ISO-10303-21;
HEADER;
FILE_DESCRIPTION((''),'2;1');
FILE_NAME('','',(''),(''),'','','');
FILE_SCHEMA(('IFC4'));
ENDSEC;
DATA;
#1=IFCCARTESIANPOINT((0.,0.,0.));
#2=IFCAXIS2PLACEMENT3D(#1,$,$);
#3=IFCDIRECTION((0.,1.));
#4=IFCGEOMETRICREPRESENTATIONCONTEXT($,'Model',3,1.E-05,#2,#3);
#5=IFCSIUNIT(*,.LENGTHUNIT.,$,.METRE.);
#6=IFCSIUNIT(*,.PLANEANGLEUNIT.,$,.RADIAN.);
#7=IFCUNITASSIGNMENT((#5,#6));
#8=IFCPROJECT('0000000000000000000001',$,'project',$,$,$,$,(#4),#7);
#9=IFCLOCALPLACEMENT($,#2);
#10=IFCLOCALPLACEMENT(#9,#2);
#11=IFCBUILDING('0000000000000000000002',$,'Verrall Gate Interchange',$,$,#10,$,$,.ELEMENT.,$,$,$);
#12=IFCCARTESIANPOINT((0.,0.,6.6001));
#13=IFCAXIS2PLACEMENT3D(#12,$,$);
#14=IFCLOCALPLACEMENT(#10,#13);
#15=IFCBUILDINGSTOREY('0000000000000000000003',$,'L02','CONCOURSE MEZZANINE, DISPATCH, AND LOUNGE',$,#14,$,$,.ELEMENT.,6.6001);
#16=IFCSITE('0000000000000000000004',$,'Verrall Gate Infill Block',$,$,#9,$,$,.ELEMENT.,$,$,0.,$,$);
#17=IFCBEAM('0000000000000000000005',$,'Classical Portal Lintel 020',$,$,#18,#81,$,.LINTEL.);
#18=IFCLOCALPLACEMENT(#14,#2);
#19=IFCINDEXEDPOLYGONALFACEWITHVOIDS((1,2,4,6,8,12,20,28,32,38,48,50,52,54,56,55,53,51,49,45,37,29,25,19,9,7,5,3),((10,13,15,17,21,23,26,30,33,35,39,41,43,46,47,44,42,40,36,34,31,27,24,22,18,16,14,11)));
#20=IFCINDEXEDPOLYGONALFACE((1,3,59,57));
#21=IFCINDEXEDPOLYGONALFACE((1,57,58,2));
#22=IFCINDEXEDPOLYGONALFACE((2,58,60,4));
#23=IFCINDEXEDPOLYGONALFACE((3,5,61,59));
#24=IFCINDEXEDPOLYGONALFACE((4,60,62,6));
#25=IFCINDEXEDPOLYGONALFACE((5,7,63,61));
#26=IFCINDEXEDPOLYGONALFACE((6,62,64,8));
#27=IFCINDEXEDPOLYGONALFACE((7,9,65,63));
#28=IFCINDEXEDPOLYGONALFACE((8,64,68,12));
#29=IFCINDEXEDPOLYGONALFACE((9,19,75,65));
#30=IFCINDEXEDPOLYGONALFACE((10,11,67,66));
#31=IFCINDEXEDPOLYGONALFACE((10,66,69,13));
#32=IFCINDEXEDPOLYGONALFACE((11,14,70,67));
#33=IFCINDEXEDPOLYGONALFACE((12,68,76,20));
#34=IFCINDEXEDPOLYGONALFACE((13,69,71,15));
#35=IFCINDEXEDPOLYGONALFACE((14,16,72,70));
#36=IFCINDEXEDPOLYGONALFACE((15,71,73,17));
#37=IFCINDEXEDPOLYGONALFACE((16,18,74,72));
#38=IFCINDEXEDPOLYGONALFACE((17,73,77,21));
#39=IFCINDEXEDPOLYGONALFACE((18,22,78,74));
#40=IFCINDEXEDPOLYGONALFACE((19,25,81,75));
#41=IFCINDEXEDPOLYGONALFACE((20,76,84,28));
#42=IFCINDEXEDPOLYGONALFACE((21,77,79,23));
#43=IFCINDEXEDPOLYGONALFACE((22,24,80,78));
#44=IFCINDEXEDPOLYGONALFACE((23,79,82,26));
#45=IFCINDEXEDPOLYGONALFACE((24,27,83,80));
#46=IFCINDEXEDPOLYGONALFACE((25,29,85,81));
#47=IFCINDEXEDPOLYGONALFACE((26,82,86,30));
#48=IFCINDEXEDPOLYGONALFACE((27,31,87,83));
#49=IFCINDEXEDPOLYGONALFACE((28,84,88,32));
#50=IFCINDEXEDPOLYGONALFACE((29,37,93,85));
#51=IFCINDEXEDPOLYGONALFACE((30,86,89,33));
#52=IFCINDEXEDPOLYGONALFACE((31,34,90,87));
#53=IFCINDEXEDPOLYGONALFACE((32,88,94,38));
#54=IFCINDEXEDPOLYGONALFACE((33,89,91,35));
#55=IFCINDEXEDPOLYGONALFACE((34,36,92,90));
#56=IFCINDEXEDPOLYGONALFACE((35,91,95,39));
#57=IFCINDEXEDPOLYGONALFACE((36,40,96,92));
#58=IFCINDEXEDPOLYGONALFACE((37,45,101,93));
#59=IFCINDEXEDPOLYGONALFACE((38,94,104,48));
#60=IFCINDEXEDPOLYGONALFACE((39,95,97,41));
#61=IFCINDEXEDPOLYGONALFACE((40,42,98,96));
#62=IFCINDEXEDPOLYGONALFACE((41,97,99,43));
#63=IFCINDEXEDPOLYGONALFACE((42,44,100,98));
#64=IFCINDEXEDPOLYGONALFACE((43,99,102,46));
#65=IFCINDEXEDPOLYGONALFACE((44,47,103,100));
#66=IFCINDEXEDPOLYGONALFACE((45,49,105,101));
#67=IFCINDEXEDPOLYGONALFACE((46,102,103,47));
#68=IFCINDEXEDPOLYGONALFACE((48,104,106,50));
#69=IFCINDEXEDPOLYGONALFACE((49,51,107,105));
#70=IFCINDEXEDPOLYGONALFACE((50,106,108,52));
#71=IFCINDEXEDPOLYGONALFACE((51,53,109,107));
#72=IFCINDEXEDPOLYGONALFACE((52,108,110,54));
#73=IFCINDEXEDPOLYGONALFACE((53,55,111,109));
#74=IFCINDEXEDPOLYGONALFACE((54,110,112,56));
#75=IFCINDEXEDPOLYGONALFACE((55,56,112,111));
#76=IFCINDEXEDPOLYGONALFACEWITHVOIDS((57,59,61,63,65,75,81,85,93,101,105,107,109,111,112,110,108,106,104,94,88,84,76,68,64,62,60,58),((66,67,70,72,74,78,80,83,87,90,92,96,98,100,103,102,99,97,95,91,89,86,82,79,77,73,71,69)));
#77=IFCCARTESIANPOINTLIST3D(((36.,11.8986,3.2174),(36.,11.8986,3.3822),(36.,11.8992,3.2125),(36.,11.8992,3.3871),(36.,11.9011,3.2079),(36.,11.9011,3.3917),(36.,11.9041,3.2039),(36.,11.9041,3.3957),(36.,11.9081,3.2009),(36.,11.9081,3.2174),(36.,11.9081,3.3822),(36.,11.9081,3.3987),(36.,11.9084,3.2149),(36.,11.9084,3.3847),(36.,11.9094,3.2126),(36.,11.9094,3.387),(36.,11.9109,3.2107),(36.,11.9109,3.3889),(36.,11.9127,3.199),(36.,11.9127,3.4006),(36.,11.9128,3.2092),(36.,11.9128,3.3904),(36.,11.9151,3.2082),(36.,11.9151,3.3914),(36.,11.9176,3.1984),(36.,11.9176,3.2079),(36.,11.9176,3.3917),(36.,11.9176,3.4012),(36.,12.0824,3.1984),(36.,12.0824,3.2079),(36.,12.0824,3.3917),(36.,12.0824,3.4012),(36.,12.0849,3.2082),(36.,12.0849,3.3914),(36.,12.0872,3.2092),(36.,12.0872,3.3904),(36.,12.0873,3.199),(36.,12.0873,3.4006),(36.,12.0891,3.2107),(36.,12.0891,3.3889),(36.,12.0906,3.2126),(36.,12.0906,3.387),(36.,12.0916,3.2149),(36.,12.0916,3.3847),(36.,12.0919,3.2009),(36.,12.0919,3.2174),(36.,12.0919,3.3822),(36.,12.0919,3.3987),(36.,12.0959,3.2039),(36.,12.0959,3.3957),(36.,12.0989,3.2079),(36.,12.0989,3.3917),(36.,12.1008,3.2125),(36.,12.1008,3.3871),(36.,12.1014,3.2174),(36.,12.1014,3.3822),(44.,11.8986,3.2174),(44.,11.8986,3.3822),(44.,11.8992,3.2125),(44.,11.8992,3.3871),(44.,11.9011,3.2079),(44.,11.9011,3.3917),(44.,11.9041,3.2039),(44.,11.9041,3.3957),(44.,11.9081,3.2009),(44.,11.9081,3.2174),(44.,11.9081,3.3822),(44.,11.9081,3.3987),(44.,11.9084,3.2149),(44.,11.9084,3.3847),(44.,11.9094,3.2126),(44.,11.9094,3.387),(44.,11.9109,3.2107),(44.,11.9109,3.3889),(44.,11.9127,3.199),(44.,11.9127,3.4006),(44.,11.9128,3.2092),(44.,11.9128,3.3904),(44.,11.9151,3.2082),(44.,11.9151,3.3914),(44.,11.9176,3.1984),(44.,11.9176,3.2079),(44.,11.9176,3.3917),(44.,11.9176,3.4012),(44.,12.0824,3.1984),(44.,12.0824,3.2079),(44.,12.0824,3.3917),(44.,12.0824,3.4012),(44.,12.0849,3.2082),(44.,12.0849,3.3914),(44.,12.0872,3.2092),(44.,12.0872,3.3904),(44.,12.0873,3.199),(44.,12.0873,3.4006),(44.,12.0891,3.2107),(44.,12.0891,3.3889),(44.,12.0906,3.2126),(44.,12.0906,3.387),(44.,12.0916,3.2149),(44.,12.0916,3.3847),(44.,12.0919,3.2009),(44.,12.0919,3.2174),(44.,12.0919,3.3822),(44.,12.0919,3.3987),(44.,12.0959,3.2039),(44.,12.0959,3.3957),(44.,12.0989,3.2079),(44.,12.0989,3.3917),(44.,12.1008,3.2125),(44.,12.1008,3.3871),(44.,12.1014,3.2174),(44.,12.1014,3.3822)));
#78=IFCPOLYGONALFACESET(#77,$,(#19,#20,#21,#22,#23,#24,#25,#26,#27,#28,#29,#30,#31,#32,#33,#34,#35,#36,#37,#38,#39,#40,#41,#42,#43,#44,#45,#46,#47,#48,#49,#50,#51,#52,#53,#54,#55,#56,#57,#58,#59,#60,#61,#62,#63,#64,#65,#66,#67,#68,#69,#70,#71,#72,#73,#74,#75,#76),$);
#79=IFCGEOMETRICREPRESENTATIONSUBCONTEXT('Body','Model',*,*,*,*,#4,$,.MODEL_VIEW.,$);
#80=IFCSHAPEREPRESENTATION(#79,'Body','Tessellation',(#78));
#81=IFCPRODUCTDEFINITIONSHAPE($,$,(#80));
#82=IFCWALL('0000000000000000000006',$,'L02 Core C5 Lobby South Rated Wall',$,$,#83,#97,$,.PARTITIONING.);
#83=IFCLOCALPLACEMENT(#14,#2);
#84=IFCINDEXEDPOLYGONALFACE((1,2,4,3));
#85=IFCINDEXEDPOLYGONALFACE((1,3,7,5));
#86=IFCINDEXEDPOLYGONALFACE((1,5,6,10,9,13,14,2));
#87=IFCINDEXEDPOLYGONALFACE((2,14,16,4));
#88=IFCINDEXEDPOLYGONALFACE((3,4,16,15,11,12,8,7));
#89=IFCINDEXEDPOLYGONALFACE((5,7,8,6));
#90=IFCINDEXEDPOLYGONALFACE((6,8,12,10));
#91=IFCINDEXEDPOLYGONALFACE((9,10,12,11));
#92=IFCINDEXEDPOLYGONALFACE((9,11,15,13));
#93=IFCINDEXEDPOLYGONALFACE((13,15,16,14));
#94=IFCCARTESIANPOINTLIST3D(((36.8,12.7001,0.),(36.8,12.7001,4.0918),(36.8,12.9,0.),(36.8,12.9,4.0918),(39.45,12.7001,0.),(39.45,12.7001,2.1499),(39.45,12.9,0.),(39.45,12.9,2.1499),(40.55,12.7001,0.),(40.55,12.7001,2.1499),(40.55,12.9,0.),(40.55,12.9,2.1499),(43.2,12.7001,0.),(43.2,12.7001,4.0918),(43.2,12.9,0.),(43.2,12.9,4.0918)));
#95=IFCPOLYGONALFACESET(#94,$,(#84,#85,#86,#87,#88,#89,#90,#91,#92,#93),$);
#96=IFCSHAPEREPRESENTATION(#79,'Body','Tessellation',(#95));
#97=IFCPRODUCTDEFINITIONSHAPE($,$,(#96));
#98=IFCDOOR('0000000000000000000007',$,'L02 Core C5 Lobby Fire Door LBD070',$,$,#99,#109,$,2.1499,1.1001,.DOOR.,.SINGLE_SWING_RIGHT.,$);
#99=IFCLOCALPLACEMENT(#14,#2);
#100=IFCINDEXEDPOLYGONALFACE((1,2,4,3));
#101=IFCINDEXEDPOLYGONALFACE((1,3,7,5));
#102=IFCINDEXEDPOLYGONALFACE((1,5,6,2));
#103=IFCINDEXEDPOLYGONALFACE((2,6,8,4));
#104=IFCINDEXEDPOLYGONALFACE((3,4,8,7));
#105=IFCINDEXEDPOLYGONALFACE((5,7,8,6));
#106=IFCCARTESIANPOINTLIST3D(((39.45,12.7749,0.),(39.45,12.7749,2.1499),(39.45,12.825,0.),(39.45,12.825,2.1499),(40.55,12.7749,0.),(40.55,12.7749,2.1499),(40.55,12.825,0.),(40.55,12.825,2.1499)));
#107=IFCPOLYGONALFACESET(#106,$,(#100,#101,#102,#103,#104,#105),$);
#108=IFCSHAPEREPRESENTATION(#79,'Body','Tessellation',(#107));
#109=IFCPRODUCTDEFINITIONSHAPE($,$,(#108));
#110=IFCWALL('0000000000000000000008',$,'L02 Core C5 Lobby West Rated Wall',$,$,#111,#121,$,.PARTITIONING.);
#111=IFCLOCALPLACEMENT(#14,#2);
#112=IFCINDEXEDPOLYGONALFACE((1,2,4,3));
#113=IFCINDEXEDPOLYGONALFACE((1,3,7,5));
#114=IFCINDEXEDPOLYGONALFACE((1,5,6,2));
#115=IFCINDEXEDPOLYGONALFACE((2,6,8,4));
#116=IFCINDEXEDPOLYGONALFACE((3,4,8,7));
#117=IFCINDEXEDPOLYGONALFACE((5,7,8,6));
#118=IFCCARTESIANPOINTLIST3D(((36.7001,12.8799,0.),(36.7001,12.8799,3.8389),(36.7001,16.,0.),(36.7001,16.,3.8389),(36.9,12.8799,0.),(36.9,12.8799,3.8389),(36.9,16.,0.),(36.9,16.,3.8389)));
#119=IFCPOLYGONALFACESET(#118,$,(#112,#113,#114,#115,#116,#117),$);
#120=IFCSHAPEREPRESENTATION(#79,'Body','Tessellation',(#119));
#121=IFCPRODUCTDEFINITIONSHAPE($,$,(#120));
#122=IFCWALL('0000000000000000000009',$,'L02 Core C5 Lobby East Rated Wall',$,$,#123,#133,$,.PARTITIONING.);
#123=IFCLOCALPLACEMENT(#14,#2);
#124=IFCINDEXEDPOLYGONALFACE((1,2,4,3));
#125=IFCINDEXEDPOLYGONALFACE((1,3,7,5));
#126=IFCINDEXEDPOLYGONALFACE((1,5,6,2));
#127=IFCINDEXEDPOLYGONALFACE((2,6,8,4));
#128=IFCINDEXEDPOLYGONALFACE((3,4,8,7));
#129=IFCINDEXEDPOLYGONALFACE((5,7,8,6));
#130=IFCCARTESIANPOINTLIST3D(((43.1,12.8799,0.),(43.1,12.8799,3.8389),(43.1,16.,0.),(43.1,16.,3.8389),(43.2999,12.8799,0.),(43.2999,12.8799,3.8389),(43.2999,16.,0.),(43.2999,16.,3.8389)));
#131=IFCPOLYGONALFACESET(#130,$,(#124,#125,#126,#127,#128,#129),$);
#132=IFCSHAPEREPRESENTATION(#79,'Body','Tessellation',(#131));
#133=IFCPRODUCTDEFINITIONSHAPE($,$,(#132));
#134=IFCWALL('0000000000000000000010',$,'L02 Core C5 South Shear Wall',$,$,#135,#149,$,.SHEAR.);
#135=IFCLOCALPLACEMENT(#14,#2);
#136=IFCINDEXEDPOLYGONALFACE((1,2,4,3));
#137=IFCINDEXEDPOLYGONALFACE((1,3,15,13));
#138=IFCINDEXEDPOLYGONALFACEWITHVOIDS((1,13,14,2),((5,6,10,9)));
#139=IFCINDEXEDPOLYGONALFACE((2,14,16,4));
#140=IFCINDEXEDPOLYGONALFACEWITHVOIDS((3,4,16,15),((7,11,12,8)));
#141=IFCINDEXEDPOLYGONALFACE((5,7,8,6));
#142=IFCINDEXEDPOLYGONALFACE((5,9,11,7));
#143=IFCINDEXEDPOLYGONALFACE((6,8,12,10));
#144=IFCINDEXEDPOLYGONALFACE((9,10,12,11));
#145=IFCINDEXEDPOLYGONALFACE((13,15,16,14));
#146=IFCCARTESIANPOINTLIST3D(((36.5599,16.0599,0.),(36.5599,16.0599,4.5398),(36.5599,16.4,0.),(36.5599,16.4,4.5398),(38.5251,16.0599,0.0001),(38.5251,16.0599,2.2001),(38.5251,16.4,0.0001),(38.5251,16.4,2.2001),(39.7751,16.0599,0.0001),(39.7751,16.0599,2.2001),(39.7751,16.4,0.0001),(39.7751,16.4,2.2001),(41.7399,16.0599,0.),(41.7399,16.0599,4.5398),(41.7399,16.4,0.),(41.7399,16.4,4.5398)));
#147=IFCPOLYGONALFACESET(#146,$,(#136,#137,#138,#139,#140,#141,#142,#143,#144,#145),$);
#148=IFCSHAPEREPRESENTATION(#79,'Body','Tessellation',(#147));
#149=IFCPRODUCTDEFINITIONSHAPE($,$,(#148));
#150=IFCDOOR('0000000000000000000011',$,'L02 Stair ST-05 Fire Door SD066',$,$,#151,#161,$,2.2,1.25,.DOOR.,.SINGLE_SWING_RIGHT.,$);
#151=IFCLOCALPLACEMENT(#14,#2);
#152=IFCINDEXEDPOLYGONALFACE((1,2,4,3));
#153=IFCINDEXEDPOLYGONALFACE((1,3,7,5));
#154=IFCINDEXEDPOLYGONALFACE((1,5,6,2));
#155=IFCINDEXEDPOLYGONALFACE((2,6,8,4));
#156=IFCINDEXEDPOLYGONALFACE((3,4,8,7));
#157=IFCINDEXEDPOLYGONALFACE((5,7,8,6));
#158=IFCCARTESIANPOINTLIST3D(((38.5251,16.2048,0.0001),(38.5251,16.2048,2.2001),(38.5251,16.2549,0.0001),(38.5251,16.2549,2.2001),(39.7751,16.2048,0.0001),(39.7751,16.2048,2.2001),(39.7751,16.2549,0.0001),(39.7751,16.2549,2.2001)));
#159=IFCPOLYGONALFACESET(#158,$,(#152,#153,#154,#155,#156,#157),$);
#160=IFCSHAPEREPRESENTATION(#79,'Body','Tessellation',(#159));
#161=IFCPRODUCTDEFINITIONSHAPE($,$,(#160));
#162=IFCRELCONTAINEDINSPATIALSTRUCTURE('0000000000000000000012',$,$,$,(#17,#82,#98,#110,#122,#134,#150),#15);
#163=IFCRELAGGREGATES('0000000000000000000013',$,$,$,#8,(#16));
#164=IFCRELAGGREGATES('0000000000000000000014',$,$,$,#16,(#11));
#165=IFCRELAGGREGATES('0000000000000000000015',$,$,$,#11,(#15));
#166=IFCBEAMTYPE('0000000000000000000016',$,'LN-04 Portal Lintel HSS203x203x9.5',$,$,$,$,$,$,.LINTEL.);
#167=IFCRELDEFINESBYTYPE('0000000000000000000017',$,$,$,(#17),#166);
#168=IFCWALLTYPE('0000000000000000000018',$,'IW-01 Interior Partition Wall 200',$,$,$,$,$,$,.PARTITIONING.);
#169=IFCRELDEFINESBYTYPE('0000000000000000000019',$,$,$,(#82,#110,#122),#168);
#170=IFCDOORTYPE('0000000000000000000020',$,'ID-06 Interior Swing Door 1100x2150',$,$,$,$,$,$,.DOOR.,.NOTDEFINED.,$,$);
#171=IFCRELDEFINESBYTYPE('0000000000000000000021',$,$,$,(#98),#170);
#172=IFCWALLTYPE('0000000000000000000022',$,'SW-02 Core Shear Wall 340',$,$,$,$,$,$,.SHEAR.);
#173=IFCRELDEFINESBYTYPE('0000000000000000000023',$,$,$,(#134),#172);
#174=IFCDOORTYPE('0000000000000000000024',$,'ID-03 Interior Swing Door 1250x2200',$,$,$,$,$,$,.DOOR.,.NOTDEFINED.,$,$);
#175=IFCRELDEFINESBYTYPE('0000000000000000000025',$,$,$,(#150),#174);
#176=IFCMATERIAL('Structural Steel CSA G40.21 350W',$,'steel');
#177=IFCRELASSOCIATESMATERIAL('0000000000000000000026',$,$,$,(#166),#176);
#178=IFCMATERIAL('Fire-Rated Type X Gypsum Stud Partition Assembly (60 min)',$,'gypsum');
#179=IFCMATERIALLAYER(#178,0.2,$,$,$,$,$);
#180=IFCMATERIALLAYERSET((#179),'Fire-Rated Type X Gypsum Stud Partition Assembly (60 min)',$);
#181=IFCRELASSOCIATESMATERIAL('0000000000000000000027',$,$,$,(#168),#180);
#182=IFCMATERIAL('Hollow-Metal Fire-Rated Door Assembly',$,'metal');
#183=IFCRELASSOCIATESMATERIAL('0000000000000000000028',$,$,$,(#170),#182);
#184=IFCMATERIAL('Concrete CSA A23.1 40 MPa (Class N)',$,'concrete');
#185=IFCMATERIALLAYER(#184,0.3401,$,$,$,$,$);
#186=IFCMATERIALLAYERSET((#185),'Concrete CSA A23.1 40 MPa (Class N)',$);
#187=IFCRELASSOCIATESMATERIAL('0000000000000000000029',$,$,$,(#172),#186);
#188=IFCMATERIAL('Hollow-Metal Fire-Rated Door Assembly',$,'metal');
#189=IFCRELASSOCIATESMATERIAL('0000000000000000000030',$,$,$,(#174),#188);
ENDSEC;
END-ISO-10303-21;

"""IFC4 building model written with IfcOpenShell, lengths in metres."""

from ifc_helpers import new_model, si_unit, direction, frame, frame_2d, origin, origin_2d, place, context, subcontext, project, spatial, rectangle, hollow_rectangle, extrude, material, layer, layer_set, material_profile, profile_set, type_object, element, fill, save


model = new_model("IFC4")

# Units and contexts
model_context = context("Model", 3, precision=1e-05, world=origin(), true_north=direction((0.0, 1.0)))
body_context = subcontext(model_context, "Body", "Model", "MODEL_VIEW")
ifc_project = project(units=[si_unit("LENGTHUNIT", "METRE"), si_unit("PLANEANGLEUNIT", "RADIAN")], contexts=[model_context])

# Site, building, storey
site_placement = place(None, origin())
site = spatial("IfcSite", under=ifc_project, at=site_placement, Name="Verrall Gate Infill Block", CompositionType="ELEMENT", RefElevation=0.0)
building_placement = place(site_placement, origin())
building = spatial("IfcBuilding", under=site, at=building_placement, Name="Verrall Gate Interchange", CompositionType="ELEMENT")
storey_placement = place(building_placement, frame((0.0, 0.0, 6.6001)))
storey = spatial("IfcBuildingStorey", under=building, at=storey_placement, Name="L02", Description="CONCOURSE MEZZANINE, DISPATCH, AND LOUNGE", CompositionType="ELEMENT", Elevation=6.6001)

# Beam
ifc_material_1 = material(Name="Structural Steel CSA G40.21 350W", Category="steel")
ifc_material_profile_1 = material_profile(ifc_material_1, hollow_rectangle(XDim=0.2029, YDim=0.2029, WallThickness=0.0095, InnerFilletRadius=0.0095, OuterFilletRadius=0.019, at=origin_2d()), Name="HSS203x203x9.5")
ifc_profile_set_1 = profile_set([ifc_material_profile_1], Name="Structural Steel CSA G40.21 350W")
beam_type_1 = type_object("IfcBeamType", Name="LN-04 Portal Lintel HSS203x203x9.5", PredefinedType="LINTEL", material=ifc_profile_set_1)
beam_1_placement = place(storey_placement, frame((36.0, 12.0, 3.2998), z_axis=(1.0, 0.0, 0.0), x_axis=(0.0, 1.0, 0.0)))
element("IfcBeam", 1, at=beam_1_placement, inside=storey, type_object=beam_type_1, Name="Classical Portal Lintel 020", PredefinedType="LINTEL", context=body_context, shape_type="SweptSolid", body=[
    extrude(hollow_rectangle(XDim=0.2029, YDim=0.2029, WallThickness=0.0095, InnerFilletRadius=0.0095, OuterFilletRadius=0.019, at=origin_2d()), origin(), (0.0, 0.0, 1.0), 8.0),
])

# Wall, opening, door
ifc_material_2 = material(Name="Fire-Rated Type X Gypsum Stud Partition Assembly (60 min)", Category="gypsum")
ifc_layer_1 = layer(ifc_material_2, 0.2)
ifc_layer_set_1 = layer_set([ifc_layer_1], Name="Fire-Rated Type X Gypsum Stud Partition Assembly (60 min)")
wall_type_1 = type_object("IfcWallType", Name="IW-01 Interior Partition Wall 200", PredefinedType="PARTITIONING", material=ifc_layer_set_1)
wall_1_placement = place(storey_placement, frame((36.8, 12.8, 0.0), z_axis=(0.0, 0.0, 1.0), x_axis=(1.0, 0.0, 0.0)))
wall_1 = element("IfcWall", 2, at=wall_1_placement, inside=storey, type_object=wall_type_1, Name="L02 Core C5 Lobby South Rated Wall", PredefinedType="PARTITIONING", context=body_context, shape_type="SweptSolid", body=[
    extrude(rectangle(XDim=6.3999, YDim=0.2, at=frame_2d((3.2, 0.0))), origin(), (0.0, 0.0, 1.0), 4.0918),
])
opening_1_placement = place(wall_1_placement, frame((2.6499, 0.0, 0.0)))
opening_1 = element("IfcOpeningElement", 3, at=opening_1_placement, cuts=wall_1, PredefinedType="OPENING", context=body_context, shape_type="SweptSolid", body=[
    extrude(rectangle(XDim=1.1001, YDim=2.1499, at=frame_2d((0.55, 1.075))), frame((0.0, 0.1147, 0.0), z_axis=(0.0, -1.0, 0.0), x_axis=(1.0, 0.0, 0.0)), (0.0, 0.0, 1.0), 0.2297),
])
ifc_material_3 = material(Name="Hollow-Metal Fire-Rated Door Assembly", Category="metal")
door_type_1 = type_object("IfcDoorType", Name="ID-06 Interior Swing Door 1100x2150", OperationType="NOTDEFINED", PredefinedType="DOOR", material=ifc_material_3)
door_1_placement = place(opening_1_placement, origin())
door_1 = element("IfcDoor", 4, at=door_1_placement, inside=storey, type_object=door_type_1, Name="L02 Core C5 Lobby Fire Door LBD070", OperationType="SINGLE_SWING_RIGHT", OverallHeight=2.1499, OverallWidth=1.1001, PredefinedType="DOOR", context=body_context, shape_type="SweptSolid", body=[
    extrude(rectangle(XDim=1.1001, YDim=2.1499, at=frame_2d((0.55, 1.075))), frame((0.0, 0.0249, 0.0), z_axis=(0.0, -1.0, 0.0), x_axis=(1.0, 0.0, 0.0)), (0.0, 0.0, 1.0), 0.05),
])
fill(opening_1, door_1)

# Walls
for number, where, z_axis, x_axis, name in (
    (5, (36.8, 16.0, 0.0), (0.0, 0.0, 1.0), (0.0, -1.0, 0.0), "L02 Core C5 Lobby West Rated Wall"),
    (6, (43.2, 12.8799, 0.0), (0.0, 0.0, 1.0), (0.0, 1.0, 0.0), "L02 Core C5 Lobby East Rated Wall"),
):
    element("IfcWall", number, at=place(storey_placement, frame(where, z_axis=z_axis, x_axis=x_axis)), inside=storey, type_object=wall_type_1, Name=name, PredefinedType="PARTITIONING", context=body_context, shape_type="SweptSolid", body=[
        extrude(rectangle(XDim=3.1201, YDim=0.2, at=frame_2d((1.5601, 0.0))), origin(), (0.0, 0.0, 1.0), 3.8389),
    ])

# Wall, opening, door
ifc_material_4 = material(Name="Concrete CSA A23.1 40 MPa (Class N)", Category="concrete")
ifc_layer_2 = layer(ifc_material_4, 0.3401)
ifc_layer_set_2 = layer_set([ifc_layer_2], Name="Concrete CSA A23.1 40 MPa (Class N)")
wall_type_2 = type_object("IfcWallType", Name="SW-02 Core Shear Wall 340", PredefinedType="SHEAR", material=ifc_layer_set_2)
wall_2_placement = place(storey_placement, frame((36.5601, 16.23, 0.0), z_axis=(0.0, 0.0, 1.0), x_axis=(1.0, 0.0, 0.0)))
wall_2 = element("IfcWall", 7, at=wall_2_placement, inside=storey, type_object=wall_type_2, Name="L02 Core C5 South Shear Wall", PredefinedType="SHEAR", context=body_context, shape_type="SweptSolid", body=[
    extrude(rectangle(XDim=5.1799, YDim=0.3401, at=frame_2d((2.5898, 0.0))), origin(), (0.0, 0.0, 1.0), 4.5398),
])
opening_2_placement = place(wall_2_placement, frame((1.9651, 0.0, 0.0)))
opening_2 = element("IfcOpeningElement", 8, at=opening_2_placement, cuts=wall_2, PredefinedType="OPENING", context=body_context, shape_type="SweptSolid", body=[
    extrude(rectangle(XDim=1.25, YDim=2.2, at=frame_2d((0.625, 1.1001))), frame((0.0, 0.1851, 0.0), z_axis=(0.0, -1.0, 0.0), x_axis=(1.0, 0.0, 0.0)), (0.0, 0.0, 1.0), 0.3699),
])
ifc_material_5 = material(Name="Hollow-Metal Fire-Rated Door Assembly", Category="metal")
door_type_2 = type_object("IfcDoorType", Name="ID-03 Interior Swing Door 1250x2200", OperationType="NOTDEFINED", PredefinedType="DOOR", material=ifc_material_5)
door_2_placement = place(opening_2_placement, origin())
door_2 = element("IfcDoor", 9, at=door_2_placement, inside=storey, type_object=door_type_2, Name="L02 Stair ST-05 Fire Door SD066", OperationType="SINGLE_SWING_RIGHT", OverallHeight=2.2, OverallWidth=1.25, PredefinedType="DOOR", context=body_context, shape_type="SweptSolid", body=[
    extrude(rectangle(XDim=1.25, YDim=2.2, at=frame_2d((0.625, 1.1001))), frame((0.0, 0.0249, 0.0), z_axis=(0.0, -1.0, 0.0), x_axis=(1.0, 0.0, 0.0)), (0.0, 0.0, 1.0), 0.05),
])
fill(opening_2, door_2)

save(model, "model.ifc")
